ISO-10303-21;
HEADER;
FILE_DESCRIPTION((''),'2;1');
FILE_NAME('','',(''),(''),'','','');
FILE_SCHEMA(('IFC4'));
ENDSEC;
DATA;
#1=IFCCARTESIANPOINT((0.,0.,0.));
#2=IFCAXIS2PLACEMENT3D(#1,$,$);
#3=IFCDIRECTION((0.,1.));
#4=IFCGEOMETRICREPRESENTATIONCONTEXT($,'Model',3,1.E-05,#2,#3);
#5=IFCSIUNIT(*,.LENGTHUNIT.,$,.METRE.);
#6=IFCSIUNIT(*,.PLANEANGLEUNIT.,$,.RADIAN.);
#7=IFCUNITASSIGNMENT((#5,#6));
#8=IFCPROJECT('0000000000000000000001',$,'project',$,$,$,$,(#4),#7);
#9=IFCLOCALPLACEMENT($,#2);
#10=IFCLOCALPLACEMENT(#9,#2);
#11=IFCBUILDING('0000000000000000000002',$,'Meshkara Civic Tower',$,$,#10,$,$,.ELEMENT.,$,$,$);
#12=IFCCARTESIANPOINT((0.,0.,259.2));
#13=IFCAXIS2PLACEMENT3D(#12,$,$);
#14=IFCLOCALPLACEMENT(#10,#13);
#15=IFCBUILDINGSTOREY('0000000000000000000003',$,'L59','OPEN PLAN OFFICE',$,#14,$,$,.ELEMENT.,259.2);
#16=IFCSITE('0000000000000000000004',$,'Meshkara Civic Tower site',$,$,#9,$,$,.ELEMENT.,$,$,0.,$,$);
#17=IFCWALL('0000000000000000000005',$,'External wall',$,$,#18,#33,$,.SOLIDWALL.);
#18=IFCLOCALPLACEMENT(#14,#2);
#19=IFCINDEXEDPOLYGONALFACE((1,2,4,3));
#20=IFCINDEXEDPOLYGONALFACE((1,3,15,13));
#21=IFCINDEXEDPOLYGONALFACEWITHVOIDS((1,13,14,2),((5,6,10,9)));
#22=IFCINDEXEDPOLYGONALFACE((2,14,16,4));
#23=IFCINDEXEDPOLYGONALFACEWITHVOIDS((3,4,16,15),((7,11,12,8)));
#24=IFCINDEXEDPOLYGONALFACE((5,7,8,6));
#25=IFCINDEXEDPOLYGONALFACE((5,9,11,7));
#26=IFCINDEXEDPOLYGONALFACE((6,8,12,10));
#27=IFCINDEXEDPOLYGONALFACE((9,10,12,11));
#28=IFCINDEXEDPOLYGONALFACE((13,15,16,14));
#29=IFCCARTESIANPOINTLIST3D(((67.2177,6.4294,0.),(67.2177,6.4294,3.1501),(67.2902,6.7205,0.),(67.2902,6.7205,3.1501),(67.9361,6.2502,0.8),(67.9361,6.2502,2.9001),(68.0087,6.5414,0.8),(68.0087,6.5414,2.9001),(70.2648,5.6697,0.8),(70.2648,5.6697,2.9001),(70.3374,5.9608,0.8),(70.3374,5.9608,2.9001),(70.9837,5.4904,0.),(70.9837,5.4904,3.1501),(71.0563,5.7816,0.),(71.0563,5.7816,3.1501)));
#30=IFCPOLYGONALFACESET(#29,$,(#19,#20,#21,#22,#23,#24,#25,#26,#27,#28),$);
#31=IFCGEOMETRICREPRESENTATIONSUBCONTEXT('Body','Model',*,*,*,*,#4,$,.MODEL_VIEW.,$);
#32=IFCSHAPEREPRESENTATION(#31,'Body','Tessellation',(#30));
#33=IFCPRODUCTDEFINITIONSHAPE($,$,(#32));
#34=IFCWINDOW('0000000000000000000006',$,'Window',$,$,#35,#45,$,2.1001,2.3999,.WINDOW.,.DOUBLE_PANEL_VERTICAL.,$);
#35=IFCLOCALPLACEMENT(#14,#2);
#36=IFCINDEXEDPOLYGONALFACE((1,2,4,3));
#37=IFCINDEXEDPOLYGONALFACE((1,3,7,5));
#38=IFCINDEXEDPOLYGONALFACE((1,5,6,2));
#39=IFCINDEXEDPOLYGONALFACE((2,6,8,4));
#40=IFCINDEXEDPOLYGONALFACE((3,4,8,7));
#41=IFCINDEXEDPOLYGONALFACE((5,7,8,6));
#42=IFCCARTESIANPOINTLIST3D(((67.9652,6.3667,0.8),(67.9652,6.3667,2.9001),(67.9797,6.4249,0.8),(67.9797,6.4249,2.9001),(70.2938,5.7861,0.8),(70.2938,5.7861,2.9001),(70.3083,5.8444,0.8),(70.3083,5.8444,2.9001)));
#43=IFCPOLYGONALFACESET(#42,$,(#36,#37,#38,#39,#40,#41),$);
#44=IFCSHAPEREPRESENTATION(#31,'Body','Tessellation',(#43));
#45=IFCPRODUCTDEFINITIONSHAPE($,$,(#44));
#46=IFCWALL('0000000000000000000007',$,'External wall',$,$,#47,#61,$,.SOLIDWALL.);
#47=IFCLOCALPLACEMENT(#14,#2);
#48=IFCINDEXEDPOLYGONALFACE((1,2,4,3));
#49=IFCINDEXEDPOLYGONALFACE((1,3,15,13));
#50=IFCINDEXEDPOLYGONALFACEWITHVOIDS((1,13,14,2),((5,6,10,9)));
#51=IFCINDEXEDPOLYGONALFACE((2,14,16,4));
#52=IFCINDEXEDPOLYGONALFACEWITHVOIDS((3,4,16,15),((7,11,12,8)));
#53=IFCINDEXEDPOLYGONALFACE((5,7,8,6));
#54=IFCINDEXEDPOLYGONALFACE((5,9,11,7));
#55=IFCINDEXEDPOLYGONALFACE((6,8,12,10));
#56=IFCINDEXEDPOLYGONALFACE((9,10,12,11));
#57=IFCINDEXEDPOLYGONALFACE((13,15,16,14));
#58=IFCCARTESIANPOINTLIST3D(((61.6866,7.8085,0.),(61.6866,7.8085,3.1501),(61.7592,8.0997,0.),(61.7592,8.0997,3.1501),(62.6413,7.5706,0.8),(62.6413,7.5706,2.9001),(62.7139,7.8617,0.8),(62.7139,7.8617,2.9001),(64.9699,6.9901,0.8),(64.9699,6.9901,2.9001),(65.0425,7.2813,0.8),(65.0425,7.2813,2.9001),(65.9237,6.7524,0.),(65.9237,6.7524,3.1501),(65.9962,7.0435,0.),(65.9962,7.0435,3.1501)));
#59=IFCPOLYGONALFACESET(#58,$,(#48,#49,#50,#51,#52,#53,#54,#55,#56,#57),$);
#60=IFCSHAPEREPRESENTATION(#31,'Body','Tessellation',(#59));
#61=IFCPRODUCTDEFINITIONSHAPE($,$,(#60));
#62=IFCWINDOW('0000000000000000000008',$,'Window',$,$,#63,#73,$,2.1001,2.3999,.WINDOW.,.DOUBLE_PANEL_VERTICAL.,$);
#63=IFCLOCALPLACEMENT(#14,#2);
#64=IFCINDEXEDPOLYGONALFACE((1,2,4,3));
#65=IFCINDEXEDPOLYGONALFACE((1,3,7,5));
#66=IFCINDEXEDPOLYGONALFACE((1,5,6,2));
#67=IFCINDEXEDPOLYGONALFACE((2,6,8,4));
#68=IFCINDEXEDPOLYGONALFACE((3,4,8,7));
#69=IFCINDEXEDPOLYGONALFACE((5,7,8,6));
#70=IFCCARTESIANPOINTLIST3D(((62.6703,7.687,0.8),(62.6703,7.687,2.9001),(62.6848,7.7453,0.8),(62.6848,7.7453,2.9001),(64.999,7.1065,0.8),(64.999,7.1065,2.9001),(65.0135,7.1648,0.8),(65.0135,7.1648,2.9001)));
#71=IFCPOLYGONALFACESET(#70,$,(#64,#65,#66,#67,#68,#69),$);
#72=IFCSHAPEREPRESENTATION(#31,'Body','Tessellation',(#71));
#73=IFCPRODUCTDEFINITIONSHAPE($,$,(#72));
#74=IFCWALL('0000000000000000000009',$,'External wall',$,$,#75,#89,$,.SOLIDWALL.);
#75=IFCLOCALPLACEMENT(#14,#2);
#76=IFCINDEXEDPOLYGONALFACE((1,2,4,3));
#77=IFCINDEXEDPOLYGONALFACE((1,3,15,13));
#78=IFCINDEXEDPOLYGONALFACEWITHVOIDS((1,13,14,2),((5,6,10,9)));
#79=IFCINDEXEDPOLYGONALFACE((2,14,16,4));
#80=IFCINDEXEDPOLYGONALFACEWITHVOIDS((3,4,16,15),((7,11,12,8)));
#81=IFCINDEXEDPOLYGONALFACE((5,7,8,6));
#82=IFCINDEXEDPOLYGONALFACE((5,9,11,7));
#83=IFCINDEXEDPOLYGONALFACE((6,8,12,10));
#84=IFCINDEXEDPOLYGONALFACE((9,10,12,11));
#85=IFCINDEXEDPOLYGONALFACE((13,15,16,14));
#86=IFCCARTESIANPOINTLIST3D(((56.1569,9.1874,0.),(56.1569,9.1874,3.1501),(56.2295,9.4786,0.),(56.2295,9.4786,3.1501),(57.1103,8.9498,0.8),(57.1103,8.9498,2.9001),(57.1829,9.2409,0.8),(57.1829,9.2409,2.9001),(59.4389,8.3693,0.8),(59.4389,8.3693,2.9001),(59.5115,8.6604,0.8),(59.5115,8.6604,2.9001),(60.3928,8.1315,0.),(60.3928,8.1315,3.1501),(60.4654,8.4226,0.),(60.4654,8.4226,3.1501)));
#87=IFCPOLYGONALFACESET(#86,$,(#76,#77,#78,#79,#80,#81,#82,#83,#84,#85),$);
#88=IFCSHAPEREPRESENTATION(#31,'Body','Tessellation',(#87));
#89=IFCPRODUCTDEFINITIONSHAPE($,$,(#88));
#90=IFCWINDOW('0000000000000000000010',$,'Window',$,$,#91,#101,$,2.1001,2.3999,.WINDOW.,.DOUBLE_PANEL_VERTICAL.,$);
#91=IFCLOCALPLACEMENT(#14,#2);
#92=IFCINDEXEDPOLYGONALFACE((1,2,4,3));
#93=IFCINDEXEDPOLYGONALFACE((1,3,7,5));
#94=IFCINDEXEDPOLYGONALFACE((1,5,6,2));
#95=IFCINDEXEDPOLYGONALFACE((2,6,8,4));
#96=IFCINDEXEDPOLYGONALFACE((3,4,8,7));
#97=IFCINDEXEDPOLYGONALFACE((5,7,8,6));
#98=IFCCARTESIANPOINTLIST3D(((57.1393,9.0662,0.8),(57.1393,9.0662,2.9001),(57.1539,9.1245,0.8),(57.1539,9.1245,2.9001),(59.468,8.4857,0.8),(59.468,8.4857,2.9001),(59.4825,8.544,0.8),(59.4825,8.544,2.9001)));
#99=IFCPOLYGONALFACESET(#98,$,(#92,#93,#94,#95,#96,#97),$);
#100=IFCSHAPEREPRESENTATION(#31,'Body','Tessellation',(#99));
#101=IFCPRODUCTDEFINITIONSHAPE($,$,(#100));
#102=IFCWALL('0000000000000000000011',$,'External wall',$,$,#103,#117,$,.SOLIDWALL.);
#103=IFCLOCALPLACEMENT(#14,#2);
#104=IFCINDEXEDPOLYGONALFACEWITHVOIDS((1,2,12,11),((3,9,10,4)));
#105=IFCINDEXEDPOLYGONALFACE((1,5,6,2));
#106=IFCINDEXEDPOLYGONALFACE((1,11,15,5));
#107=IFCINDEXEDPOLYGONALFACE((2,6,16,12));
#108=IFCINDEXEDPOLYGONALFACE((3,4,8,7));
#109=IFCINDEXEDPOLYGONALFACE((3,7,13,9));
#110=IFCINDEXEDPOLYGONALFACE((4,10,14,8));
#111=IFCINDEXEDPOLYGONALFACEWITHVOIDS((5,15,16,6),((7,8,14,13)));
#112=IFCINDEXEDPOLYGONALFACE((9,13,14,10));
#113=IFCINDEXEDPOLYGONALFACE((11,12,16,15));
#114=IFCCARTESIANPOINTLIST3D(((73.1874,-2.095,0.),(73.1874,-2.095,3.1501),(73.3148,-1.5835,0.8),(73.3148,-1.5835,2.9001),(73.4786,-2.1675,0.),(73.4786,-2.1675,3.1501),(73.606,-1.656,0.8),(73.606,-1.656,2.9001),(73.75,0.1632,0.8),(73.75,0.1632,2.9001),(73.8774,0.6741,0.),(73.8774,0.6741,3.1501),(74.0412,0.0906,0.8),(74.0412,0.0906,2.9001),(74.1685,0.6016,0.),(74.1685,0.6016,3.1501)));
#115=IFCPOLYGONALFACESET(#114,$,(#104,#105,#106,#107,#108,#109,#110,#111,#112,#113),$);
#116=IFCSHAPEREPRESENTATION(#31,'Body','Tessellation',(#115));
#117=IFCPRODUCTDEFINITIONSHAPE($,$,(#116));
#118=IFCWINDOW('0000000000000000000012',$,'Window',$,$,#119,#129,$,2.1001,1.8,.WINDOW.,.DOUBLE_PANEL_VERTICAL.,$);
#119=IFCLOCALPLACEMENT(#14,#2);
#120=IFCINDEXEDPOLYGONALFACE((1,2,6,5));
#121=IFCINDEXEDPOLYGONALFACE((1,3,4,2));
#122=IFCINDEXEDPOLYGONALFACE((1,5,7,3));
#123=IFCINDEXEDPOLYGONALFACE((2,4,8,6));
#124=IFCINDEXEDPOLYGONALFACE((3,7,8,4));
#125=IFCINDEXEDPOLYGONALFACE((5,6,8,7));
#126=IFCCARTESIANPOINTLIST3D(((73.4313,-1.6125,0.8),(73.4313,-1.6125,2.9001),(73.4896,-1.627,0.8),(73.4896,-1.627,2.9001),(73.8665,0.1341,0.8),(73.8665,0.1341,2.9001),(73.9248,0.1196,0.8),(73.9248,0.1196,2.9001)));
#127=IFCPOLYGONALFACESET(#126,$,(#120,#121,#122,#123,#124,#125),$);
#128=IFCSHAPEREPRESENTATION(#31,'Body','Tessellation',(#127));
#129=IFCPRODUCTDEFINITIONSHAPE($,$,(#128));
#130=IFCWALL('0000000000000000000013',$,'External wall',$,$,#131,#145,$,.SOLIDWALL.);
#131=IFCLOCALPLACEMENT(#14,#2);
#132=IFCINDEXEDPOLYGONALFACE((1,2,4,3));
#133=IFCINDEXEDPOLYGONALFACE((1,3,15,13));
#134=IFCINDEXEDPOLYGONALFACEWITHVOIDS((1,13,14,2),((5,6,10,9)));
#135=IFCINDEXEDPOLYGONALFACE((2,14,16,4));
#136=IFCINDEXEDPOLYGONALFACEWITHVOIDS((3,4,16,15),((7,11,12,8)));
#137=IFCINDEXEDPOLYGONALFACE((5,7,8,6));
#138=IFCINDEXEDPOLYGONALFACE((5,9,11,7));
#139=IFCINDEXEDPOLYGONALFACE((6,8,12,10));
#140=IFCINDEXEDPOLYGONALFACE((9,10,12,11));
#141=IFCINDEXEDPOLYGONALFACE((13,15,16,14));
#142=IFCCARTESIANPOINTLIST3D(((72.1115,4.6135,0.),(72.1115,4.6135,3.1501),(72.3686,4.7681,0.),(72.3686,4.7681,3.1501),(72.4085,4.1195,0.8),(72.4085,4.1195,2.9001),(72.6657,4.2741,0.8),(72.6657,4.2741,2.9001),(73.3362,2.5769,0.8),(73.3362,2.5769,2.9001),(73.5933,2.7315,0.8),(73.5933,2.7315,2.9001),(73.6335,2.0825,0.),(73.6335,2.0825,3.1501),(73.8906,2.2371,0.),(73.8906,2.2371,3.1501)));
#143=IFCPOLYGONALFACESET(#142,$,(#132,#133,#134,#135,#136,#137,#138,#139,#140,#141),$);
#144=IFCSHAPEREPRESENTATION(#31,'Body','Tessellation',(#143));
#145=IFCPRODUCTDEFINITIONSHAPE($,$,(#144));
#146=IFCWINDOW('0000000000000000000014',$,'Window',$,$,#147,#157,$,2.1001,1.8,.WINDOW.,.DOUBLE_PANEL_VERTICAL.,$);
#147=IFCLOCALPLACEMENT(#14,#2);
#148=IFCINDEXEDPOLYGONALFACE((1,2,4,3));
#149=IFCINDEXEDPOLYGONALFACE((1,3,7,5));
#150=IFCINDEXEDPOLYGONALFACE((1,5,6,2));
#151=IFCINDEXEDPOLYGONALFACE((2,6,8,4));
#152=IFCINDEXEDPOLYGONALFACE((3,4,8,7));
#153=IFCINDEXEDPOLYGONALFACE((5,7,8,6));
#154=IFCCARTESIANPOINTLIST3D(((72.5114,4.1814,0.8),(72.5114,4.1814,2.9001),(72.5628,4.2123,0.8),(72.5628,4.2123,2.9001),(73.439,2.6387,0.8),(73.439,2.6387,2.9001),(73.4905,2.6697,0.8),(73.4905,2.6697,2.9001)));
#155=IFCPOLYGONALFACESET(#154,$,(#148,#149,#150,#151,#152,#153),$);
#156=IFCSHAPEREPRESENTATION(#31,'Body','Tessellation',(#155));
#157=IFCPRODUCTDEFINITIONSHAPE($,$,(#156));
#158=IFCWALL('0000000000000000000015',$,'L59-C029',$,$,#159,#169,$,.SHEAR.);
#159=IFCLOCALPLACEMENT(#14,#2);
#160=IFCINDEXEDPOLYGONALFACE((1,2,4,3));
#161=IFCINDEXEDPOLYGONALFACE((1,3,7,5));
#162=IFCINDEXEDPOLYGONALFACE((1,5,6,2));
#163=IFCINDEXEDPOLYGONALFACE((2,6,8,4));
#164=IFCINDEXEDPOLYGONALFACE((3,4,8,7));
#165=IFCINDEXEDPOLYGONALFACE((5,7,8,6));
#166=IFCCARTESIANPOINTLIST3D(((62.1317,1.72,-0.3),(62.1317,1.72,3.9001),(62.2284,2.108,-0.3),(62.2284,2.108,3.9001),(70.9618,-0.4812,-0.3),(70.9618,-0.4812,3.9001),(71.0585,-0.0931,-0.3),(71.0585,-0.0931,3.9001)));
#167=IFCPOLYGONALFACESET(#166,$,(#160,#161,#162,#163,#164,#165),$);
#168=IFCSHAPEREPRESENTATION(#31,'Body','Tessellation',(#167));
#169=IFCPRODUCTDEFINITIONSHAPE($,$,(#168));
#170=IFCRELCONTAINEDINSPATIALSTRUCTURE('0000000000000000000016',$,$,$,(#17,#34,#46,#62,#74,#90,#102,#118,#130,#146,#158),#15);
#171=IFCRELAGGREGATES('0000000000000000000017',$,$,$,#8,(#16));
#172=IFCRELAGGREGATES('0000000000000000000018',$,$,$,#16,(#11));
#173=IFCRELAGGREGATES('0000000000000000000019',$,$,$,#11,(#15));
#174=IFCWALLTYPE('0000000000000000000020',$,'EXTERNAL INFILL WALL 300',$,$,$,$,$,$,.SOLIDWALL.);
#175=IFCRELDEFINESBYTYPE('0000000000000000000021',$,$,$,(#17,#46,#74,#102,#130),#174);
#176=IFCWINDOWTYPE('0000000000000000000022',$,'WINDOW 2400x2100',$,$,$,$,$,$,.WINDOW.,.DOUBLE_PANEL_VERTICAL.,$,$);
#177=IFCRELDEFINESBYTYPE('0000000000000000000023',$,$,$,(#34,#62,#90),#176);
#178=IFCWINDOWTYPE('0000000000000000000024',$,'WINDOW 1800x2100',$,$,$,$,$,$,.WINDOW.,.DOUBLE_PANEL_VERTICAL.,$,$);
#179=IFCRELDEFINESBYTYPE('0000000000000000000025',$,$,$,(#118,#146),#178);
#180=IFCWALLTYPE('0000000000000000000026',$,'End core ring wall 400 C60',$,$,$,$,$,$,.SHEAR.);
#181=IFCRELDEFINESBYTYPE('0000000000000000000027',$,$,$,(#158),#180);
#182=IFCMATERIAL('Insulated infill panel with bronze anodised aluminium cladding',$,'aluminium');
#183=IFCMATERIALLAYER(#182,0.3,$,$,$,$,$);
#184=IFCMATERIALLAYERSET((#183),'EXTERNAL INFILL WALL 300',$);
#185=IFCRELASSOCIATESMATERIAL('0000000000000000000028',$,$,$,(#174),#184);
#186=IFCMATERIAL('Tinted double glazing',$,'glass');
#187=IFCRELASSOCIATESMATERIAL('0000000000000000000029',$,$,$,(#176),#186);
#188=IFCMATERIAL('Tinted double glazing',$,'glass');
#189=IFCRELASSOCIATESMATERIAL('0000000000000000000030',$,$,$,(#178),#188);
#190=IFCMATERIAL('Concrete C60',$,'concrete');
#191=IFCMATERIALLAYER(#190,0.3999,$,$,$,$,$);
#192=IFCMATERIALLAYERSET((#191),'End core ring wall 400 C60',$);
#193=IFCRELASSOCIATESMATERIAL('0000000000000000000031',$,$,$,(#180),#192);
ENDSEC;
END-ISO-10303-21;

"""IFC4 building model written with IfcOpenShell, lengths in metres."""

from ifc_helpers import new_model, si_unit, direction, frame, frame_2d, origin, place, context, subcontext, project, spatial, rectangle, extrude, material, layer, layer_set, type_object, element, fill, save


model = new_model("IFC4")

# Units and contexts
model_context = context("Model", 3, precision=1e-05, world=origin(), true_north=direction((0.0, 1.0)))
body_context = subcontext(model_context, "Body", "Model", "MODEL_VIEW")
ifc_project = project(units=[si_unit("LENGTHUNIT", "METRE"), si_unit("PLANEANGLEUNIT", "RADIAN")], contexts=[model_context])

# Site, building, storey
site_placement = place(None, origin())
site = spatial("IfcSite", under=ifc_project, at=site_placement, Name="Meshkara Civic Tower site", CompositionType="ELEMENT", RefElevation=0.0)
building_placement = place(site_placement, origin())
building = spatial("IfcBuilding", under=site, at=building_placement, Name="Meshkara Civic Tower", CompositionType="ELEMENT")
storey_placement = place(building_placement, frame((0.0, 0.0, 259.2)))
storey = spatial("IfcBuildingStorey", under=building, at=storey_placement, Name="L59", Description="OPEN PLAN OFFICE", CompositionType="ELEMENT", Elevation=259.2)

# Walls, openings, windows
ifc_material_1 = material(Name="Insulated infill panel with bronze anodised aluminium cladding", Category="aluminium")
ifc_layer_1 = layer(ifc_material_1, 0.3)
ifc_layer_set_1 = layer_set([ifc_layer_1], Name="EXTERNAL INFILL WALL 300")
wall_type_1 = type_object("IfcWallType", Name="EXTERNAL INFILL WALL 300", PredefinedType="SOLIDWALL", material=ifc_layer_set_1)
wall_1_placement = place(storey_placement, frame((71.02, 5.636, 0.0), z_axis=(0.0, 0.0, 1.0), x_axis=(-0.970298, 0.241914, 0.0)))
wall_1 = element("IfcWall", 1, at=wall_1_placement, inside=storey, type_object=wall_type_1, Name="External wall", PredefinedType="SOLIDWALL", context=body_context, shape_type="SweptSolid", body=[
    extrude(rectangle(XDim=3.8813, YDim=0.3, at=frame_2d((1.9407, 0.0))), origin(), (0.0, 0.0, 1.0), 3.1501),
])
opening_1_placement = place(wall_1_placement, frame((0.741, 0.0, 0.8)))
opening_1 = element("IfcOpeningElement", 2, at=opening_1_placement, cuts=wall_1, PredefinedType="OPENING", context=body_context, shape_type="SweptSolid", body=[
    extrude(rectangle(XDim=2.3999, YDim=2.1001, at=frame_2d((1.2, 1.05))), frame((0.0, 0.1599, 0.0), z_axis=(0.0, -1.0, 0.0), x_axis=(1.0, 0.0, 0.0)), (0.0, 0.0, 1.0), 0.3201),
])
ifc_material_2 = material(Name="Tinted double glazing", Category="glass")
window_type_1 = type_object("IfcWindowType", Name="WINDOW 2400x2100", PartitioningType="DOUBLE_PANEL_VERTICAL", PredefinedType="WINDOW", material=ifc_material_2)
window_1_placement = place(opening_1_placement, origin())
window_1 = element("IfcWindow", 3, at=window_1_placement, inside=storey, type_object=window_type_1, Name="Window", OverallHeight=2.1001, OverallWidth=2.3999, PartitioningType="DOUBLE_PANEL_VERTICAL", PredefinedType="WINDOW", context=body_context, shape_type="SweptSolid", body=[
    extrude(rectangle(XDim=2.3999, YDim=2.1001, at=frame_2d((1.2, 1.05))), frame((0.0, 0.03, 0.0), z_axis=(0.0, -1.0, 0.0), x_axis=(1.0, 0.0, 0.0)), (0.0, 0.0, 1.0), 0.0601),
])
fill(opening_1, window_1)
wall_2_placement = place(storey_placement, frame((65.96, 6.8979, 0.0), z_axis=(0.0, 0.0, 1.0), x_axis=(-0.97031, 0.241865, 0.0)))
wall_2 = element("IfcWall", 4, at=wall_2_placement, inside=storey, type_object=wall_type_1, Name="External wall", PredefinedType="SOLIDWALL", context=body_context, shape_type="SweptSolid", body=[
    extrude(rectangle(XDim=4.3667, YDim=0.3, at=frame_2d((2.1833, 0.0))), origin(), (0.0, 0.0, 1.0), 3.1501),
])
opening_2_placement = place(wall_2_placement, frame((0.9829, 0.0, 0.8)))
opening_2 = element("IfcOpeningElement", 5, at=opening_2_placement, cuts=wall_2, PredefinedType="OPENING", context=body_context, shape_type="SweptSolid", body=[
    extrude(rectangle(XDim=2.3999, YDim=2.1001, at=frame_2d((1.2, 1.05))), frame((0.0, 0.1599, 0.0), z_axis=(0.0, -1.0, 0.0), x_axis=(1.0, 0.0, 0.0)), (0.0, 0.0, 1.0), 0.3201),
])
window_2_placement = place(opening_2_placement, origin())
window_2 = element("IfcWindow", 6, at=window_2_placement, inside=storey, type_object=window_type_1, Name="Window", OverallHeight=2.1001, OverallWidth=2.3999, PartitioningType="DOUBLE_PANEL_VERTICAL", PredefinedType="WINDOW", context=body_context, shape_type="SweptSolid", body=[
    extrude(rectangle(XDim=2.3999, YDim=2.1001, at=frame_2d((1.2, 1.05))), frame((0.0, 0.03, 0.0), z_axis=(0.0, -1.0, 0.0), x_axis=(1.0, 0.0, 0.0)), (0.0, 0.0, 1.0), 0.0601),
])
fill(opening_2, window_2)
wall_3_placement = place(storey_placement, frame((60.429, 8.2771, 0.0), z_axis=(0.0, 0.0, 1.0), x_axis=(-0.970307, 0.241878, 0.0)))
wall_3 = element("IfcWall", 7, at=wall_3_placement, inside=storey, type_object=wall_type_1, Name="External wall", PredefinedType="SOLIDWALL", context=body_context, shape_type="SweptSolid", body=[
    extrude(rectangle(XDim=4.3655, YDim=0.3, at=frame_2d((2.1826, 0.0))), origin(), (0.0, 0.0, 1.0), 3.1501),
])
opening_3_placement = place(wall_3_placement, frame((0.9829, 0.0, 0.8)))
opening_3 = element("IfcOpeningElement", 8, at=opening_3_placement, cuts=wall_3, PredefinedType="OPENING", context=body_context, shape_type="SweptSolid", body=[
    extrude(rectangle(XDim=2.3999, YDim=2.1001, at=frame_2d((1.2, 1.05))), frame((0.0, 0.1599, 0.0), z_axis=(0.0, -1.0, 0.0), x_axis=(1.0, 0.0, 0.0)), (0.0, 0.0, 1.0), 0.3201),
])
window_3_placement = place(opening_3_placement, origin())
window_3 = element("IfcWindow", 9, at=window_3_placement, inside=storey, type_object=window_type_1, Name="Window", OverallHeight=2.1001, OverallWidth=2.3999, PartitioningType="DOUBLE_PANEL_VERTICAL", PredefinedType="WINDOW", context=body_context, shape_type="SweptSolid", body=[
    extrude(rectangle(XDim=2.3999, YDim=2.1001, at=frame_2d((1.2, 1.05))), frame((0.0, 0.03, 0.0), z_axis=(0.0, -1.0, 0.0), x_axis=(1.0, 0.0, 0.0)), (0.0, 0.0, 1.0), 0.0601),
])
fill(opening_3, window_3)
wall_4_placement = place(storey_placement, frame((73.333, -2.1311, 0.0), z_axis=(0.0, 0.0, 1.0), x_axis=(0.241771, 0.970333, 0.0)))
wall_4 = element("IfcWall", 10, at=wall_4_placement, inside=storey, type_object=wall_type_1, Name="External wall", PredefinedType="SOLIDWALL", context=body_context, shape_type="SweptSolid", body=[
    extrude(rectangle(XDim=2.8538, YDim=0.3, at=frame_2d((1.4268, 0.0))), origin(), (0.0, 0.0, 1.0), 3.1501),
])
opening_4_placement = place(wall_4_placement, frame((0.5271, 0.0, 0.8)))
opening_4 = element("IfcOpeningElement", 11, at=opening_4_placement, cuts=wall_4, PredefinedType="OPENING", context=body_context, shape_type="SweptSolid", body=[
    extrude(rectangle(XDim=1.8, YDim=2.1001, at=frame_2d((0.8999, 1.05))), frame((0.0, 0.1599, 0.0), z_axis=(0.0, -1.0, 0.0), x_axis=(1.0, 0.0, 0.0)), (0.0, 0.0, 1.0), 0.3201),
])
ifc_material_3 = material(Name="Tinted double glazing", Category="glass")
window_type_2 = type_object("IfcWindowType", Name="WINDOW 1800x2100", PartitioningType="DOUBLE_PANEL_VERTICAL", PredefinedType="WINDOW", material=ifc_material_3)
window_4_placement = place(opening_4_placement, origin())
window_4 = element("IfcWindow", 12, at=window_4_placement, inside=storey, type_object=window_type_2, Name="Window", OverallHeight=2.1001, OverallWidth=1.8, PartitioningType="DOUBLE_PANEL_VERTICAL", PredefinedType="WINDOW", context=body_context, shape_type="SweptSolid", body=[
    extrude(rectangle(XDim=1.8, YDim=2.1001, at=frame_2d((0.8999, 1.05))), frame((0.0, 0.03, 0.0), z_axis=(0.0, -1.0, 0.0), x_axis=(1.0, 0.0, 0.0)), (0.0, 0.0, 1.0), 0.0601),
])
fill(opening_4, window_4)
wall_5_placement = place(storey_placement, frame((73.762, 2.1599, 0.0), z_axis=(0.0, 0.0, 1.0), x_axis=(-0.515334, 0.856989, 0.0)))
wall_5 = element("IfcWall", 13, at=wall_5_placement, inside=storey, type_object=wall_type_1, Name="External wall", PredefinedType="SOLIDWALL", context=body_context, shape_type="SweptSolid", body=[
    extrude(rectangle(XDim=2.9534, YDim=0.3, at=frame_2d((1.4766, 0.0))), origin(), (0.0, 0.0, 1.0), 3.1501),
])
opening_5_placement = place(wall_5_placement, frame((0.5769, 0.0, 0.8)))
opening_5 = element("IfcOpeningElement", 14, at=opening_5_placement, cuts=wall_5, PredefinedType="OPENING", context=body_context, shape_type="SweptSolid", body=[
    extrude(rectangle(XDim=1.8, YDim=2.1001, at=frame_2d((0.8999, 1.05))), frame((0.0, 0.1599, 0.0), z_axis=(0.0, -1.0, 0.0), x_axis=(1.0, 0.0, 0.0)), (0.0, 0.0, 1.0), 0.3201),
])
window_5_placement = place(opening_5_placement, origin())
window_5 = element("IfcWindow", 15, at=window_5_placement, inside=storey, type_object=window_type_2, Name="Window", OverallHeight=2.1001, OverallWidth=1.8, PartitioningType="DOUBLE_PANEL_VERTICAL", PredefinedType="WINDOW", context=body_context, shape_type="SweptSolid", body=[
    extrude(rectangle(XDim=1.8, YDim=2.1001, at=frame_2d((0.8999, 1.05))), frame((0.0, 0.03, 0.0), z_axis=(0.0, -1.0, 0.0), x_axis=(1.0, 0.0, 0.0)), (0.0, 0.0, 1.0), 0.0601),
])
fill(opening_5, window_5)

# Wall
ifc_material_4 = material(Name="Concrete C60", Category="concrete")
ifc_layer_2 = layer(ifc_material_4, 0.3999)
ifc_layer_set_2 = layer_set([ifc_layer_2], Name="End core ring wall 400 C60")
wall_type_2 = type_object("IfcWallType", Name="End core ring wall 400 C60", PredefinedType="SHEAR", material=ifc_layer_set_2)
wall_6_placement = place(storey_placement, frame((62.1799, 1.9141, -0.3), z_axis=(0.0, 0.0, 1.0), x_axis=(0.970306, -0.241879, 0.0)))
element("IfcWall", 16, at=wall_6_placement, inside=storey, type_object=wall_type_2, Name="L59-C029", PredefinedType="SHEAR", context=body_context, shape_type="SweptSolid", body=[
    extrude(rectangle(XDim=9.1003, YDim=0.3999, at=frame_2d((4.5503, 0.0))), origin(), (0.0, 0.0, 1.0), 4.2002),
])

save(model, "model.ifc")
